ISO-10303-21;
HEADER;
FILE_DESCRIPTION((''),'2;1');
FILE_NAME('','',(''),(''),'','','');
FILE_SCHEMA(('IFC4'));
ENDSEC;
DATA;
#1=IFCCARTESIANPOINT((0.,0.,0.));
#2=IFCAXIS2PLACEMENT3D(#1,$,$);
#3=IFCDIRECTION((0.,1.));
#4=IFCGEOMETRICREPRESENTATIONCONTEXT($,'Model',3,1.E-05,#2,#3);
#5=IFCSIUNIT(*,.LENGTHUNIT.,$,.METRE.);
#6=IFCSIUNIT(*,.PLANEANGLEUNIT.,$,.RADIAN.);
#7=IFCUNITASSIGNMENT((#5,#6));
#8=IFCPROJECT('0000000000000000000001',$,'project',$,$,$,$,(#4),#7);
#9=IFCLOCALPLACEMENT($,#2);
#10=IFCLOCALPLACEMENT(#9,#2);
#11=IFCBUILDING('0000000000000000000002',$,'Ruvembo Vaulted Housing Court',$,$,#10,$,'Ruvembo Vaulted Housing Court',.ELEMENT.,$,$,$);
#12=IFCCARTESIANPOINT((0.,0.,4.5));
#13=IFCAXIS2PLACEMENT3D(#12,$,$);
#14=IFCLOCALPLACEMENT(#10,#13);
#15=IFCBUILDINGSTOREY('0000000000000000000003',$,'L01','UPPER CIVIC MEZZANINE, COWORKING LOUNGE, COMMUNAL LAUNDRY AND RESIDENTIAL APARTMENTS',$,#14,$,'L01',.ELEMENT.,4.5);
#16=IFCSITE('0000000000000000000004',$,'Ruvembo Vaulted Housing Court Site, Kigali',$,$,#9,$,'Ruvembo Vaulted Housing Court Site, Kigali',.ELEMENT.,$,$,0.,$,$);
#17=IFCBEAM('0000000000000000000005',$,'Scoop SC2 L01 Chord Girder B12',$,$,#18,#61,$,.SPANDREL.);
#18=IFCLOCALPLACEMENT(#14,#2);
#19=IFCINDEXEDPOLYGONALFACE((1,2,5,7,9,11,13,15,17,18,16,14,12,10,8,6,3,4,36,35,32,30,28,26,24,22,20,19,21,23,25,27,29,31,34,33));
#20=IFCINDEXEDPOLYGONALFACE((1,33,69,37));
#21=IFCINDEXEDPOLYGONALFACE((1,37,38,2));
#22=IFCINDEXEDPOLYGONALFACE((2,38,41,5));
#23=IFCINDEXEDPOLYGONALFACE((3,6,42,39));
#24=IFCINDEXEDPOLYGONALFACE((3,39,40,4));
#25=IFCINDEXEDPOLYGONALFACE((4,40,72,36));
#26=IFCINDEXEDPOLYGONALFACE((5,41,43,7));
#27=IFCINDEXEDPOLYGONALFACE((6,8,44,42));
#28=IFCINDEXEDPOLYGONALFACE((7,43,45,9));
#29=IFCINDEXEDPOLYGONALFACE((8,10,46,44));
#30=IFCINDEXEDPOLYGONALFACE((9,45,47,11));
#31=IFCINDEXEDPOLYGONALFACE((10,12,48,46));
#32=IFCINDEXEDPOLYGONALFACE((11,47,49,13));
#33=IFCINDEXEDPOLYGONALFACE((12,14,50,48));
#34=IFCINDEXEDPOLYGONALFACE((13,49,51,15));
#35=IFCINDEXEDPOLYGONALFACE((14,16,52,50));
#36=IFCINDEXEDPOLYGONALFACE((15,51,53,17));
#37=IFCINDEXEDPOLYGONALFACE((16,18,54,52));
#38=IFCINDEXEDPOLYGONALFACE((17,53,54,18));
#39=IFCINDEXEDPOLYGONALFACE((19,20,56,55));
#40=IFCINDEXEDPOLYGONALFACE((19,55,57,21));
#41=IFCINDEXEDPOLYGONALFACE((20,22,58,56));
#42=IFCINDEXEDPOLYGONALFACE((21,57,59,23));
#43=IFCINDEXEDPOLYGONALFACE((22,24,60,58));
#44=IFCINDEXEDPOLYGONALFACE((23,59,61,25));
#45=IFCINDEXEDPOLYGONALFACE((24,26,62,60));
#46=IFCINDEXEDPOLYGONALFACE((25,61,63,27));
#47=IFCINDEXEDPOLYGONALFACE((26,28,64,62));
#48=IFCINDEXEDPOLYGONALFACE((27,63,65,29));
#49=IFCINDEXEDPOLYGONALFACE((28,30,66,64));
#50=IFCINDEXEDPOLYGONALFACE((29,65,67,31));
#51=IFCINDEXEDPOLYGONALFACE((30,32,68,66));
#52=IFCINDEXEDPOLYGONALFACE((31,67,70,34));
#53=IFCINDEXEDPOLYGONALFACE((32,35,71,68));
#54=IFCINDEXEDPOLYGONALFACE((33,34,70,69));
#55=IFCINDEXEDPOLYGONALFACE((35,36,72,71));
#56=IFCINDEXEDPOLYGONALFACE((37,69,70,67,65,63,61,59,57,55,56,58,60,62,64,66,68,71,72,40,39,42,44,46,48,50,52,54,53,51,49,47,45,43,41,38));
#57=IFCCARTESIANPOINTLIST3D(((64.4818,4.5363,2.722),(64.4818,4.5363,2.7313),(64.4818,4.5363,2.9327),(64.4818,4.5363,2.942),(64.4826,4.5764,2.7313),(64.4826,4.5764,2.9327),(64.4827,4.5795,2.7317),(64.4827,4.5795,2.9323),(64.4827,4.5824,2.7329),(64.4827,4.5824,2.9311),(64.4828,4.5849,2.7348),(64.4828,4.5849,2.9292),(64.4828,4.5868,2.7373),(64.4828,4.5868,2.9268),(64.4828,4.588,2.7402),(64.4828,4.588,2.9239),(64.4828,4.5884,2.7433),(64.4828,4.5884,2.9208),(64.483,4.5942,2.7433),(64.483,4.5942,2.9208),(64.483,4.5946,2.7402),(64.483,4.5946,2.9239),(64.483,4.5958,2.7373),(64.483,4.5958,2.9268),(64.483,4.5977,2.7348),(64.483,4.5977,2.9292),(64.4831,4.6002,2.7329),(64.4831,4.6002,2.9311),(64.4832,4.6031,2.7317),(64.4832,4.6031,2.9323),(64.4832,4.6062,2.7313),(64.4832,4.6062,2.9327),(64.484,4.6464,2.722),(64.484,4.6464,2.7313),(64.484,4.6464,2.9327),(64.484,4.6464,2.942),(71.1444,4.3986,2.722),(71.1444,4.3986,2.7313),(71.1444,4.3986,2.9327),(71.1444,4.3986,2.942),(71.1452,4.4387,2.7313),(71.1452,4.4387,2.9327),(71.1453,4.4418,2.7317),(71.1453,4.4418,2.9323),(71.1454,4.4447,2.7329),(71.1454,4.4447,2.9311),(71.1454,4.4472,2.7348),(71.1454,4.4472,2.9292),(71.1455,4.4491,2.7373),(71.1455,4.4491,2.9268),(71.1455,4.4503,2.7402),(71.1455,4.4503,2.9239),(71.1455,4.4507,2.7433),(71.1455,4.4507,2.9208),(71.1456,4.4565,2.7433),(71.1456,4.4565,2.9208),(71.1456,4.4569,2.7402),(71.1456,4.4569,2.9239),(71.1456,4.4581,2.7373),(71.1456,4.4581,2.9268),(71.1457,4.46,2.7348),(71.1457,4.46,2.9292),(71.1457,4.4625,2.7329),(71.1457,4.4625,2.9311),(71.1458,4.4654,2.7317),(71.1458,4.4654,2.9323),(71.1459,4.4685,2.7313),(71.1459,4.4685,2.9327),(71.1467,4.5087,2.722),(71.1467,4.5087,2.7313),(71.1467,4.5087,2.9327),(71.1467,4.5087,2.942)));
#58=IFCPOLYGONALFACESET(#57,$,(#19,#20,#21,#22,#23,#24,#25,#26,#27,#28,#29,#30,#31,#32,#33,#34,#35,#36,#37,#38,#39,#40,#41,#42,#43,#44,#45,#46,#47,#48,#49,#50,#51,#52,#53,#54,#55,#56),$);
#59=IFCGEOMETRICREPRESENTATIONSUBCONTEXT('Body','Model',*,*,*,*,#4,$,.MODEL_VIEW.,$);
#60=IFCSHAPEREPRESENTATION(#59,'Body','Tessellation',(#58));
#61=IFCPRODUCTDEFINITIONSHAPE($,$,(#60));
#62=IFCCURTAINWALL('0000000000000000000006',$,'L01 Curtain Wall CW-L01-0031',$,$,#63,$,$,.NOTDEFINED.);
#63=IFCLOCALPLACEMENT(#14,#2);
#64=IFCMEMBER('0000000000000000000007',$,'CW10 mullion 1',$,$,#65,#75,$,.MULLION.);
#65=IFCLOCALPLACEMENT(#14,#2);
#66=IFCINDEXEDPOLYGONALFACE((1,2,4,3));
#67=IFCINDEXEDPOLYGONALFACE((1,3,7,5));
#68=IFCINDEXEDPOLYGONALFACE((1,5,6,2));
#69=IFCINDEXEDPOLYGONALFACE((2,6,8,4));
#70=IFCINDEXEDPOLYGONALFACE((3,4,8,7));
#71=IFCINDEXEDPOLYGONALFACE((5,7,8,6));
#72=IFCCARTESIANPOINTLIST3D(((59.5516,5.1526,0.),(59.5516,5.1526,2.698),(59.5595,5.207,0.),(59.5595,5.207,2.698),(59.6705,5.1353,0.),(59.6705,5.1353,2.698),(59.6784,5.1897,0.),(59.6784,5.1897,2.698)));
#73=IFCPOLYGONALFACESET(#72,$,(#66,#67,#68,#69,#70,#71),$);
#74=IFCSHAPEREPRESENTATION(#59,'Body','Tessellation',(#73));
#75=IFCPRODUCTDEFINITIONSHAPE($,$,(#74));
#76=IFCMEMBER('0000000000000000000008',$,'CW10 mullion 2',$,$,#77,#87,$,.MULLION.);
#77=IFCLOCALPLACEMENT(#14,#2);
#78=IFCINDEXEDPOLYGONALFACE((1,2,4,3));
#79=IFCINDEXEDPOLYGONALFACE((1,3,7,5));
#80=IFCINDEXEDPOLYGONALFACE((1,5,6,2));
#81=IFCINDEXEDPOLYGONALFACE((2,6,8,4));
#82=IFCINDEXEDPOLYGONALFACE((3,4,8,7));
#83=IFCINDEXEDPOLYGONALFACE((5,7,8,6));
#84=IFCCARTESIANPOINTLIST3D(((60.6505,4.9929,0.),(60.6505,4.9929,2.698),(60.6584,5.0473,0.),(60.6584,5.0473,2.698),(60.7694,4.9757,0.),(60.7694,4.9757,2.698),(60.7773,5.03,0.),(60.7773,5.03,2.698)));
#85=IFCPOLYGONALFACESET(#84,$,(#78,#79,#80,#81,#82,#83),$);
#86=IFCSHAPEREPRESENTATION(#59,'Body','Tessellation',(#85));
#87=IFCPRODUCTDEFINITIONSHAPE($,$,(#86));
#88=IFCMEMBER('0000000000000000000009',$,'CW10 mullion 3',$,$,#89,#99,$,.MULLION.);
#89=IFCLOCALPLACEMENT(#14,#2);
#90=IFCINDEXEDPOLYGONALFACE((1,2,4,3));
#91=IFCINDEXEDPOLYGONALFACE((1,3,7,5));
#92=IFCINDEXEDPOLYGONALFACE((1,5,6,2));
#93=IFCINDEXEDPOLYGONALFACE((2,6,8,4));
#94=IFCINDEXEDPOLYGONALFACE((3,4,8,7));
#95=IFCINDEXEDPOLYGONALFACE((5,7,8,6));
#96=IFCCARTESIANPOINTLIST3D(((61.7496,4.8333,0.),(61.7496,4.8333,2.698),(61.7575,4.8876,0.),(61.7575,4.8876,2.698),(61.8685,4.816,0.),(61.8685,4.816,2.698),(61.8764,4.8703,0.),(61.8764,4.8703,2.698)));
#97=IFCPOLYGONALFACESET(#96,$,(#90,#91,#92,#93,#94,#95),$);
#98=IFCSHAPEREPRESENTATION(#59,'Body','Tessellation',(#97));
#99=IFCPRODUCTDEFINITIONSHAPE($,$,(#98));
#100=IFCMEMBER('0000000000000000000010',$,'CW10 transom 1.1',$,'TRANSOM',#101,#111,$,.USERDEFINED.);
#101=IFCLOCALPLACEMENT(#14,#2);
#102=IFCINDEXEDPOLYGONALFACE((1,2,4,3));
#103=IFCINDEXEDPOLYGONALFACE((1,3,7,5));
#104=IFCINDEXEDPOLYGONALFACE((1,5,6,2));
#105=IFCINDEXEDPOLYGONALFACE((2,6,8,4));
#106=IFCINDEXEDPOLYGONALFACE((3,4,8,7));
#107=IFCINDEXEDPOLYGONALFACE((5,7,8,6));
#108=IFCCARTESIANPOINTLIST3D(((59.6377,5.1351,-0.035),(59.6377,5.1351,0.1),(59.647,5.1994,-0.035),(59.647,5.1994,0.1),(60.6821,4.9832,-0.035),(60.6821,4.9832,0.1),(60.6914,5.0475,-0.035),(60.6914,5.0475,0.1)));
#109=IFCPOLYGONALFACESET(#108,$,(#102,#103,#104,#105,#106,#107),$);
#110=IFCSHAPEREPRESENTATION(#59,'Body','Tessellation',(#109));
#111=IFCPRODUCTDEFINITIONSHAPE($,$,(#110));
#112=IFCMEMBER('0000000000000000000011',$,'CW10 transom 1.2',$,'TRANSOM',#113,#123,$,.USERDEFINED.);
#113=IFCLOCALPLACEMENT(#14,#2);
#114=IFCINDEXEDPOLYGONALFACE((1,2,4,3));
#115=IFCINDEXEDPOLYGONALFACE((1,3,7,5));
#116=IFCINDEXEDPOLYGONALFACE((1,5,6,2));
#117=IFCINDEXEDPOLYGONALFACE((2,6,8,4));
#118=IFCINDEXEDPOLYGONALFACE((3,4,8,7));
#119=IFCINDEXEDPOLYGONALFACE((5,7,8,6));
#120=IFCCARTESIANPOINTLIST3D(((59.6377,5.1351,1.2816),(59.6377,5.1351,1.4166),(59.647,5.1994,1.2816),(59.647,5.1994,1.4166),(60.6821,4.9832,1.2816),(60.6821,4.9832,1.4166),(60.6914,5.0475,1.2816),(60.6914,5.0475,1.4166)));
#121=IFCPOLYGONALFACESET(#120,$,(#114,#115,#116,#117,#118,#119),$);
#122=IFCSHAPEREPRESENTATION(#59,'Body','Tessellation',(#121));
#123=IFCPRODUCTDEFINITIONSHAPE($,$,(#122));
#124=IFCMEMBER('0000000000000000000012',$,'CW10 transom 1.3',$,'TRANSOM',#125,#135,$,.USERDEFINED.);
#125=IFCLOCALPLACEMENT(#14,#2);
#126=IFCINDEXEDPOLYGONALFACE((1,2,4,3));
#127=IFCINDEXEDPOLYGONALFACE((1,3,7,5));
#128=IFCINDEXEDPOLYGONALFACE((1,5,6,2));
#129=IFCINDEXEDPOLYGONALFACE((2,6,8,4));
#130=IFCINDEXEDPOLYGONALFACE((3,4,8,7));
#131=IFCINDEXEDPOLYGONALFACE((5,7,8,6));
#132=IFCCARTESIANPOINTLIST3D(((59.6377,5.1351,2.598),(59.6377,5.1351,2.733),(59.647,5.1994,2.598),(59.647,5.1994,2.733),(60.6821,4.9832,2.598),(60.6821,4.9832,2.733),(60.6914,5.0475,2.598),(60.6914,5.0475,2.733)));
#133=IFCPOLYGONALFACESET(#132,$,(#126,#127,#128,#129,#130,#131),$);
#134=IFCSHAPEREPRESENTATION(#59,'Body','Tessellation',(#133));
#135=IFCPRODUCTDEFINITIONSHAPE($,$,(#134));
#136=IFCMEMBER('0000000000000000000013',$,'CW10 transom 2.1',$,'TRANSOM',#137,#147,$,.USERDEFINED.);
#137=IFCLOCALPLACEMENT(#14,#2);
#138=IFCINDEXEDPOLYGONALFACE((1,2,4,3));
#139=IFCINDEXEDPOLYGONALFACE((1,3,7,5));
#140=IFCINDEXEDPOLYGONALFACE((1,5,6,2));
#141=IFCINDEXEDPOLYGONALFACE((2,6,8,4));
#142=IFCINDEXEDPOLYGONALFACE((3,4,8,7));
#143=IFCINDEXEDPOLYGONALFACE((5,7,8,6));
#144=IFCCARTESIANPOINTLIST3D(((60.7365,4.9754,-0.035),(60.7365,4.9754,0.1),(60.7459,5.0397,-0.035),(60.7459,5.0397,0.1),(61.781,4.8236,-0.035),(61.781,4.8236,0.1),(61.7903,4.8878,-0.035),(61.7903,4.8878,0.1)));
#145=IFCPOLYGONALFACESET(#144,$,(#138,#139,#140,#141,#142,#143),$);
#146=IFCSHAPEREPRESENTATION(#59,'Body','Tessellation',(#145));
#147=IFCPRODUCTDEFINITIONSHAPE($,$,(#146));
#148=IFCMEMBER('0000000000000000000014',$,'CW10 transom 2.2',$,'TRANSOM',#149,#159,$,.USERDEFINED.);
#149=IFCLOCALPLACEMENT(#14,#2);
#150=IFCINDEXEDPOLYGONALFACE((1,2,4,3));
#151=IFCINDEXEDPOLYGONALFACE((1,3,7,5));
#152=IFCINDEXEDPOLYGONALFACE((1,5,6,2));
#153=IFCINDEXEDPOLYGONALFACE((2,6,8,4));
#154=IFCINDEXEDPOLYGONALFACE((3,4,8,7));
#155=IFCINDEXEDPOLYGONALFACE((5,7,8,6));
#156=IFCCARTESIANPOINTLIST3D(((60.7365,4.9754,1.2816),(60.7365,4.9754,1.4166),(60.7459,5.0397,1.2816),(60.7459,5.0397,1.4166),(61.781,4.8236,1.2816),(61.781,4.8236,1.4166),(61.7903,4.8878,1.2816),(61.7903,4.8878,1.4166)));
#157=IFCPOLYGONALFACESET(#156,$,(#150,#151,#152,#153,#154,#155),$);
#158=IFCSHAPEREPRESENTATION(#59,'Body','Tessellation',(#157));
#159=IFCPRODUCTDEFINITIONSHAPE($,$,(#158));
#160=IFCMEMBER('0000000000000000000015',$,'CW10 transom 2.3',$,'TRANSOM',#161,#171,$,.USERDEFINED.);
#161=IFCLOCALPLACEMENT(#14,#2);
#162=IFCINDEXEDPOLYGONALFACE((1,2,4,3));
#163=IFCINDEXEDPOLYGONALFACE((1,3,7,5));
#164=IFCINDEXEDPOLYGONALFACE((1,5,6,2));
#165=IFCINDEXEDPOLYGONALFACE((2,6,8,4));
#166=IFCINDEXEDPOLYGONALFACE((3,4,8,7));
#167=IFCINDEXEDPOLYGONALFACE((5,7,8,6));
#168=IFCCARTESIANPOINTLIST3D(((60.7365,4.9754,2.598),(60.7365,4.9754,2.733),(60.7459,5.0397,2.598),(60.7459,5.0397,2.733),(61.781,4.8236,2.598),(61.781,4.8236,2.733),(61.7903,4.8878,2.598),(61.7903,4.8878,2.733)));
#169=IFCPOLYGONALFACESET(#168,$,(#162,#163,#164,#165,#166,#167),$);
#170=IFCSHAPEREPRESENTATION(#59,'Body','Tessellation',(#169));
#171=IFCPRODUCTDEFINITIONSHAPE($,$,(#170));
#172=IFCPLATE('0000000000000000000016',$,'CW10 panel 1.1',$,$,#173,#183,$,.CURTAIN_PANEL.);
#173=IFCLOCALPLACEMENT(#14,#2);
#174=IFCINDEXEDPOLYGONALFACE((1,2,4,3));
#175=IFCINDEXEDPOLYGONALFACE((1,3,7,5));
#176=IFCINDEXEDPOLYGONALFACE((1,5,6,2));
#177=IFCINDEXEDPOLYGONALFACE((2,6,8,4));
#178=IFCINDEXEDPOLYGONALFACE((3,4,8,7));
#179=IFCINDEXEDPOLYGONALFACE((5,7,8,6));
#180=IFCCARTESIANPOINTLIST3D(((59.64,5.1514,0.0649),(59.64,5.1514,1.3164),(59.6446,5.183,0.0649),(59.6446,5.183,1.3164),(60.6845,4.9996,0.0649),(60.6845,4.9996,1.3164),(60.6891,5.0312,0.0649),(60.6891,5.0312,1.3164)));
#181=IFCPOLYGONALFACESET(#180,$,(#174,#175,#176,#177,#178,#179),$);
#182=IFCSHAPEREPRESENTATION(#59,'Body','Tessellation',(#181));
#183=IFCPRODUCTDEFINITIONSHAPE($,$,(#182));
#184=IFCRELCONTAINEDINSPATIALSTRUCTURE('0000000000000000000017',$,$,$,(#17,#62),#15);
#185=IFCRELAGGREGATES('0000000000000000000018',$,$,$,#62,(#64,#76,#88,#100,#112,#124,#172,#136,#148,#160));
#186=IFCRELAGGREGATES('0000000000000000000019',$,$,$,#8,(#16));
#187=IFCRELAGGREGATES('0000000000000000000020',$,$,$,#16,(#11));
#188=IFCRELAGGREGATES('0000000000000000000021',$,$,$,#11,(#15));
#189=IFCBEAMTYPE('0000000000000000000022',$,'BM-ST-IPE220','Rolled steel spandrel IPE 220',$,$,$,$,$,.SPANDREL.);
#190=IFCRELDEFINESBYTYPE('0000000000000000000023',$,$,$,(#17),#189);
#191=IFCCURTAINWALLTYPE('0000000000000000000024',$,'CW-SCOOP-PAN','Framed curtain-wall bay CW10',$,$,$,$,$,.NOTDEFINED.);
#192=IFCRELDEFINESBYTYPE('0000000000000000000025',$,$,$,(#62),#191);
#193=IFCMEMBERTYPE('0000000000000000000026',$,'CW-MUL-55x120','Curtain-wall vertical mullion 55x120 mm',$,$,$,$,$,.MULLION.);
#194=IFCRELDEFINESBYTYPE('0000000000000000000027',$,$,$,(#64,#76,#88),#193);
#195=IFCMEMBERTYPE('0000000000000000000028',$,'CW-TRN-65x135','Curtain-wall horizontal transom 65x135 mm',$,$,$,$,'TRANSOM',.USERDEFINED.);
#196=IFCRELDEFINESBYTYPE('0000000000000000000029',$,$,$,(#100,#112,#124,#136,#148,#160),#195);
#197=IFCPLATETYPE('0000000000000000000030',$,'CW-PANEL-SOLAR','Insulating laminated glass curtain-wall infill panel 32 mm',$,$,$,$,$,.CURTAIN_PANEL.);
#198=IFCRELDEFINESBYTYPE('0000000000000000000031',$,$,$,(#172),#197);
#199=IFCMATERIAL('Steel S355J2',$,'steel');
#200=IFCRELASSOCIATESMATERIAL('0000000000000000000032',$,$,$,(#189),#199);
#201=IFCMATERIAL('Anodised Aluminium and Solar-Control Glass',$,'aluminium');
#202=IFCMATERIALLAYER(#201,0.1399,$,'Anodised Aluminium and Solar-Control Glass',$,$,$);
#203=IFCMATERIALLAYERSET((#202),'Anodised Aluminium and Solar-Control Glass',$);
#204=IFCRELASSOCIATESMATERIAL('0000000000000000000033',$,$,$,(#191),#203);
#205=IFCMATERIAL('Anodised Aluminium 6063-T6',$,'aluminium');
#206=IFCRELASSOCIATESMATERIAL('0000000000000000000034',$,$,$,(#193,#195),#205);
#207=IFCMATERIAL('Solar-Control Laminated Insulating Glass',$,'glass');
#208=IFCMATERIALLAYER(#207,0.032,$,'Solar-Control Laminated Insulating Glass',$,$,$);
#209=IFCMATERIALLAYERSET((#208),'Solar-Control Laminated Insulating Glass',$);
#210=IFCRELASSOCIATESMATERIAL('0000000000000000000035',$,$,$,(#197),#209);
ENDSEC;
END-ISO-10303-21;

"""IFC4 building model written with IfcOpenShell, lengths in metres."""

from ifc_helpers import new_model, si_unit, direction, frame, origin, origin_2d, place, context, subcontext, project, spatial, rectangle, i_section, extrude, material, layer, layer_set, material_profile, profile_set, type_object, element, aggregate, save


model = new_model("IFC4")

# Units and contexts
model_context = context("Model", 3, precision=1e-05, world=origin(), true_north=direction((0.0, 1.0)))
body_context = subcontext(model_context, "Body", "Model", "MODEL_VIEW")
ifc_project = project(units=[si_unit("LENGTHUNIT", "METRE"), si_unit("PLANEANGLEUNIT", "RADIAN")], contexts=[model_context])

# Site, building, storey
site_placement = place(None, origin())
site = spatial("IfcSite", under=ifc_project, at=site_placement, Name="Ruvembo Vaulted Housing Court Site, Kigali", LongName="Ruvembo Vaulted Housing Court Site, Kigali", CompositionType="ELEMENT", RefElevation=0.0)
building_placement = place(site_placement, origin())
building = spatial("IfcBuilding", under=site, at=building_placement, Name="Ruvembo Vaulted Housing Court", LongName="Ruvembo Vaulted Housing Court", CompositionType="ELEMENT")
storey_placement = place(building_placement, frame((0.0, 0.0, 4.5)))
storey = spatial("IfcBuildingStorey", under=building, at=storey_placement, Name="L01", Description="UPPER CIVIC MEZZANINE, COWORKING LOUNGE, COMMUNAL LAUNDRY AND RESIDENTIAL APARTMENTS", LongName="L01", CompositionType="ELEMENT", Elevation=4.5)

# Beam
ifc_material_1 = material(Name="Steel S355J2", Category="steel")
ifc_material_profile_1 = material_profile(ifc_material_1, i_section(OverallWidth=0.1101, OverallDepth=0.22, WebThickness=0.0059, FlangeThickness=0.0093, FilletRadius=0.012, at=origin_2d()), Name="IPE 220")
ifc_profile_set_1 = profile_set([ifc_material_profile_1], Name="Steel S355J2")
beam_type_1 = type_object("IfcBeamType", Name="BM-ST-IPE220", Description="Rolled steel spandrel IPE 220", PredefinedType="SPANDREL", material=ifc_profile_set_1)
beam_1_placement = place(storey_placement, frame((64.4829, 4.5913, 2.832), z_axis=(0.999787, -0.020662, 0.0), x_axis=(0.020662, 0.999787, 0.0)))
element("IfcBeam", 1, at=beam_1_placement, inside=storey, type_object=beam_type_1, Name="Scoop SC2 L01 Chord Girder B12", PredefinedType="SPANDREL", context=body_context, shape_type="SweptSolid", body=[
    extrude(i_section(OverallWidth=0.1101, OverallDepth=0.22, WebThickness=0.0059, FlangeThickness=0.0093, FilletRadius=0.012, at=origin_2d()), origin(), (0.0, 0.0, 1.0), 6.6641),
])

# Curtain wall, members, plate
ifc_material_2 = material(Name="Anodised Aluminium and Solar-Control Glass", Category="aluminium")
ifc_layer_1 = layer(ifc_material_2, 0.1399, Name="Anodised Aluminium and Solar-Control Glass")
ifc_layer_set_1 = layer_set([ifc_layer_1], Name="Anodised Aluminium and Solar-Control Glass")
curtain_wall_type = type_object("IfcCurtainWallType", Name="CW-SCOOP-PAN", Description="Framed curtain-wall bay CW10", PredefinedType="NOTDEFINED", material=ifc_layer_set_1)
curtain_wall_placement = place(storey_placement, origin())
curtain_wall = element("IfcCurtainWall", 2, at=curtain_wall_placement, inside=storey, type_object=curtain_wall_type, Name="L01 Curtain Wall CW-L01-0031", PredefinedType="NOTDEFINED")
ifc_material_3 = material(Name="Anodised Aluminium 6063-T6", Category="aluminium")
ifc_material_profile_2 = material_profile(ifc_material_3, rectangle(XDim=0.0549, YDim=0.1201, at=origin_2d()), Name="ALU 55x120")
ifc_profile_set_2 = profile_set([ifc_material_profile_2], Name="Anodised Aluminium 6063-T6")
member_type_1 = type_object("IfcMemberType", Name="CW-MUL-55x120", Description="Curtain-wall vertical mullion 55x120 mm", PredefinedType="MULLION", material=ifc_profile_set_2)
member_1_placement = place(storey_placement, frame((59.615, 5.1711, 0.0), z_axis=(0.0, 0.0, 1.0), x_axis=(0.143851, 0.989599, 0.0)))
member_1 = element("IfcMember", 3, at=member_1_placement, type_object=member_type_1, Name="CW10 mullion 1", PredefinedType="MULLION", context=body_context, shape_type="SweptSolid", body=[
    extrude(rectangle(XDim=0.0549, YDim=0.1201, at=origin_2d()), origin(), (0.0, 0.0, 1.0), 2.698),
])
member_2_placement = place(storey_placement, frame((60.7139, 5.0115, 0.0), z_axis=(0.0, 0.0, 1.0), x_axis=(0.143851, 0.989599, 0.0)))
member_2 = element("IfcMember", 4, at=member_2_placement, type_object=member_type_1, Name="CW10 mullion 2", PredefinedType="MULLION", context=body_context, shape_type="SweptSolid", body=[
    extrude(rectangle(XDim=0.0549, YDim=0.1201, at=origin_2d()), origin(), (0.0, 0.0, 1.0), 2.698),
])
member_3_placement = place(storey_placement, frame((61.813, 4.8518, 0.0), z_axis=(0.0, 0.0, 1.0), x_axis=(0.143851, 0.989599, 0.0)))
member_3 = element("IfcMember", 5, at=member_3_placement, type_object=member_type_1, Name="CW10 mullion 3", PredefinedType="MULLION", context=body_context, shape_type="SweptSolid", body=[
    extrude(rectangle(XDim=0.0549, YDim=0.1201, at=origin_2d()), origin(), (0.0, 0.0, 1.0), 2.698),
])
ifc_material_profile_3 = material_profile(ifc_material_3, rectangle(XDim=0.0649, YDim=0.135, at=origin_2d()), Name="ALU 65x135")
ifc_profile_set_3 = profile_set([ifc_material_profile_3], Name="Anodised Aluminium 6063-T6")
member_type_2 = type_object("IfcMemberType", Name="CW-TRN-65x135", Description="Curtain-wall horizontal transom 65x135 mm", ElementType="TRANSOM", PredefinedType="USERDEFINED", material=ifc_profile_set_3)
member_4_placement = place(storey_placement, frame((59.6423, 5.1672, 0.0325), z_axis=(0.989595, -0.143882, 0.0), x_axis=(0.143882, 0.989595, 0.0)))
member_4 = element("IfcMember", 6, at=member_4_placement, type_object=member_type_2, Name="CW10 transom 1.1", ObjectType="TRANSOM", PredefinedType="USERDEFINED", context=body_context, shape_type="SweptSolid", body=[
    extrude(rectangle(XDim=0.0649, YDim=0.135, at=origin_2d()), origin(), (0.0, 0.0, 1.0), 1.0554),
])
member_5_placement = place(storey_placement, frame((59.6423, 5.1672, 1.3491), z_axis=(0.989595, -0.143882, 0.0), x_axis=(0.143882, 0.989595, 0.0)))
member_5 = element("IfcMember", 7, at=member_5_placement, type_object=member_type_2, Name="CW10 transom 1.2", ObjectType="TRANSOM", PredefinedType="USERDEFINED", context=body_context, shape_type="SweptSolid", body=[
    extrude(rectangle(XDim=0.0649, YDim=0.135, at=origin_2d()), origin(), (0.0, 0.0, 1.0), 1.0554),
])
member_6_placement = place(storey_placement, frame((59.6423, 5.1672, 2.6655), z_axis=(0.989595, -0.143882, 0.0), x_axis=(0.143882, 0.989595, 0.0)))
member_6 = element("IfcMember", 8, at=member_6_placement, type_object=member_type_2, Name="CW10 transom 1.3", ObjectType="TRANSOM", PredefinedType="USERDEFINED", context=body_context, shape_type="SweptSolid", body=[
    extrude(rectangle(XDim=0.0649, YDim=0.135, at=origin_2d()), origin(), (0.0, 0.0, 1.0), 1.0554),
])
member_7_placement = place(storey_placement, frame((60.7412, 5.0076, 0.0325), z_axis=(0.989595, -0.143882, 0.0), x_axis=(0.143882, 0.989595, 0.0)))
member_7 = element("IfcMember", 9, at=member_7_placement, type_object=member_type_2, Name="CW10 transom 2.1", ObjectType="TRANSOM", PredefinedType="USERDEFINED", context=body_context, shape_type="SweptSolid", body=[
    extrude(rectangle(XDim=0.0649, YDim=0.135, at=origin_2d()), origin(), (0.0, 0.0, 1.0), 1.0554),
])
member_8_placement = place(storey_placement, frame((60.7412, 5.0076, 1.3491), z_axis=(0.989595, -0.143882, 0.0), x_axis=(0.143882, 0.989595, 0.0)))
member_8 = element("IfcMember", 10, at=member_8_placement, type_object=member_type_2, Name="CW10 transom 2.2", ObjectType="TRANSOM", PredefinedType="USERDEFINED", context=body_context, shape_type="SweptSolid", body=[
    extrude(rectangle(XDim=0.0649, YDim=0.135, at=origin_2d()), origin(), (0.0, 0.0, 1.0), 1.0554),
])
member_9_placement = place(storey_placement, frame((60.7412, 5.0076, 2.6655), z_axis=(0.989595, -0.143882, 0.0), x_axis=(0.143882, 0.989595, 0.0)))
member_9 = element("IfcMember", 11, at=member_9_placement, type_object=member_type_2, Name="CW10 transom 2.3", ObjectType="TRANSOM", PredefinedType="USERDEFINED", context=body_context, shape_type="SweptSolid", body=[
    extrude(rectangle(XDim=0.0649, YDim=0.135, at=origin_2d()), origin(), (0.0, 0.0, 1.0), 1.0554),
])
ifc_material_4 = material(Name="Solar-Control Laminated Insulating Glass", Category="glass")
ifc_layer_2 = layer(ifc_material_4, 0.032, Name="Solar-Control Laminated Insulating Glass")
ifc_layer_set_2 = layer_set([ifc_layer_2], Name="Solar-Control Laminated Insulating Glass")
plate_type = type_object("IfcPlateType", Name="CW-PANEL-SOLAR", Description="Insulating laminated glass curtain-wall infill panel 32 mm", PredefinedType="CURTAIN_PANEL", material=ifc_layer_set_2)
plate_1_placement = place(storey_placement, frame((60.1646, 5.0913, 0.0649), z_axis=(0.0, 0.0, 1.0), x_axis=(0.989599, -0.143851, 0.0)))
plate_1 = element("IfcPlate", 12, at=plate_1_placement, type_object=plate_type, Name="CW10 panel 1.1", PredefinedType="CURTAIN_PANEL", context=body_context, shape_type="SweptSolid", body=[
    extrude(rectangle(XDim=1.0554, YDim=0.032, at=origin_2d()), origin(), (0.0, 0.0, 1.0), 1.2515),
])
aggregate(curtain_wall, [member_1, member_2, member_3, member_4, member_5, member_6, plate_1, member_7, member_8, member_9])

save(model, "model.ifc")
